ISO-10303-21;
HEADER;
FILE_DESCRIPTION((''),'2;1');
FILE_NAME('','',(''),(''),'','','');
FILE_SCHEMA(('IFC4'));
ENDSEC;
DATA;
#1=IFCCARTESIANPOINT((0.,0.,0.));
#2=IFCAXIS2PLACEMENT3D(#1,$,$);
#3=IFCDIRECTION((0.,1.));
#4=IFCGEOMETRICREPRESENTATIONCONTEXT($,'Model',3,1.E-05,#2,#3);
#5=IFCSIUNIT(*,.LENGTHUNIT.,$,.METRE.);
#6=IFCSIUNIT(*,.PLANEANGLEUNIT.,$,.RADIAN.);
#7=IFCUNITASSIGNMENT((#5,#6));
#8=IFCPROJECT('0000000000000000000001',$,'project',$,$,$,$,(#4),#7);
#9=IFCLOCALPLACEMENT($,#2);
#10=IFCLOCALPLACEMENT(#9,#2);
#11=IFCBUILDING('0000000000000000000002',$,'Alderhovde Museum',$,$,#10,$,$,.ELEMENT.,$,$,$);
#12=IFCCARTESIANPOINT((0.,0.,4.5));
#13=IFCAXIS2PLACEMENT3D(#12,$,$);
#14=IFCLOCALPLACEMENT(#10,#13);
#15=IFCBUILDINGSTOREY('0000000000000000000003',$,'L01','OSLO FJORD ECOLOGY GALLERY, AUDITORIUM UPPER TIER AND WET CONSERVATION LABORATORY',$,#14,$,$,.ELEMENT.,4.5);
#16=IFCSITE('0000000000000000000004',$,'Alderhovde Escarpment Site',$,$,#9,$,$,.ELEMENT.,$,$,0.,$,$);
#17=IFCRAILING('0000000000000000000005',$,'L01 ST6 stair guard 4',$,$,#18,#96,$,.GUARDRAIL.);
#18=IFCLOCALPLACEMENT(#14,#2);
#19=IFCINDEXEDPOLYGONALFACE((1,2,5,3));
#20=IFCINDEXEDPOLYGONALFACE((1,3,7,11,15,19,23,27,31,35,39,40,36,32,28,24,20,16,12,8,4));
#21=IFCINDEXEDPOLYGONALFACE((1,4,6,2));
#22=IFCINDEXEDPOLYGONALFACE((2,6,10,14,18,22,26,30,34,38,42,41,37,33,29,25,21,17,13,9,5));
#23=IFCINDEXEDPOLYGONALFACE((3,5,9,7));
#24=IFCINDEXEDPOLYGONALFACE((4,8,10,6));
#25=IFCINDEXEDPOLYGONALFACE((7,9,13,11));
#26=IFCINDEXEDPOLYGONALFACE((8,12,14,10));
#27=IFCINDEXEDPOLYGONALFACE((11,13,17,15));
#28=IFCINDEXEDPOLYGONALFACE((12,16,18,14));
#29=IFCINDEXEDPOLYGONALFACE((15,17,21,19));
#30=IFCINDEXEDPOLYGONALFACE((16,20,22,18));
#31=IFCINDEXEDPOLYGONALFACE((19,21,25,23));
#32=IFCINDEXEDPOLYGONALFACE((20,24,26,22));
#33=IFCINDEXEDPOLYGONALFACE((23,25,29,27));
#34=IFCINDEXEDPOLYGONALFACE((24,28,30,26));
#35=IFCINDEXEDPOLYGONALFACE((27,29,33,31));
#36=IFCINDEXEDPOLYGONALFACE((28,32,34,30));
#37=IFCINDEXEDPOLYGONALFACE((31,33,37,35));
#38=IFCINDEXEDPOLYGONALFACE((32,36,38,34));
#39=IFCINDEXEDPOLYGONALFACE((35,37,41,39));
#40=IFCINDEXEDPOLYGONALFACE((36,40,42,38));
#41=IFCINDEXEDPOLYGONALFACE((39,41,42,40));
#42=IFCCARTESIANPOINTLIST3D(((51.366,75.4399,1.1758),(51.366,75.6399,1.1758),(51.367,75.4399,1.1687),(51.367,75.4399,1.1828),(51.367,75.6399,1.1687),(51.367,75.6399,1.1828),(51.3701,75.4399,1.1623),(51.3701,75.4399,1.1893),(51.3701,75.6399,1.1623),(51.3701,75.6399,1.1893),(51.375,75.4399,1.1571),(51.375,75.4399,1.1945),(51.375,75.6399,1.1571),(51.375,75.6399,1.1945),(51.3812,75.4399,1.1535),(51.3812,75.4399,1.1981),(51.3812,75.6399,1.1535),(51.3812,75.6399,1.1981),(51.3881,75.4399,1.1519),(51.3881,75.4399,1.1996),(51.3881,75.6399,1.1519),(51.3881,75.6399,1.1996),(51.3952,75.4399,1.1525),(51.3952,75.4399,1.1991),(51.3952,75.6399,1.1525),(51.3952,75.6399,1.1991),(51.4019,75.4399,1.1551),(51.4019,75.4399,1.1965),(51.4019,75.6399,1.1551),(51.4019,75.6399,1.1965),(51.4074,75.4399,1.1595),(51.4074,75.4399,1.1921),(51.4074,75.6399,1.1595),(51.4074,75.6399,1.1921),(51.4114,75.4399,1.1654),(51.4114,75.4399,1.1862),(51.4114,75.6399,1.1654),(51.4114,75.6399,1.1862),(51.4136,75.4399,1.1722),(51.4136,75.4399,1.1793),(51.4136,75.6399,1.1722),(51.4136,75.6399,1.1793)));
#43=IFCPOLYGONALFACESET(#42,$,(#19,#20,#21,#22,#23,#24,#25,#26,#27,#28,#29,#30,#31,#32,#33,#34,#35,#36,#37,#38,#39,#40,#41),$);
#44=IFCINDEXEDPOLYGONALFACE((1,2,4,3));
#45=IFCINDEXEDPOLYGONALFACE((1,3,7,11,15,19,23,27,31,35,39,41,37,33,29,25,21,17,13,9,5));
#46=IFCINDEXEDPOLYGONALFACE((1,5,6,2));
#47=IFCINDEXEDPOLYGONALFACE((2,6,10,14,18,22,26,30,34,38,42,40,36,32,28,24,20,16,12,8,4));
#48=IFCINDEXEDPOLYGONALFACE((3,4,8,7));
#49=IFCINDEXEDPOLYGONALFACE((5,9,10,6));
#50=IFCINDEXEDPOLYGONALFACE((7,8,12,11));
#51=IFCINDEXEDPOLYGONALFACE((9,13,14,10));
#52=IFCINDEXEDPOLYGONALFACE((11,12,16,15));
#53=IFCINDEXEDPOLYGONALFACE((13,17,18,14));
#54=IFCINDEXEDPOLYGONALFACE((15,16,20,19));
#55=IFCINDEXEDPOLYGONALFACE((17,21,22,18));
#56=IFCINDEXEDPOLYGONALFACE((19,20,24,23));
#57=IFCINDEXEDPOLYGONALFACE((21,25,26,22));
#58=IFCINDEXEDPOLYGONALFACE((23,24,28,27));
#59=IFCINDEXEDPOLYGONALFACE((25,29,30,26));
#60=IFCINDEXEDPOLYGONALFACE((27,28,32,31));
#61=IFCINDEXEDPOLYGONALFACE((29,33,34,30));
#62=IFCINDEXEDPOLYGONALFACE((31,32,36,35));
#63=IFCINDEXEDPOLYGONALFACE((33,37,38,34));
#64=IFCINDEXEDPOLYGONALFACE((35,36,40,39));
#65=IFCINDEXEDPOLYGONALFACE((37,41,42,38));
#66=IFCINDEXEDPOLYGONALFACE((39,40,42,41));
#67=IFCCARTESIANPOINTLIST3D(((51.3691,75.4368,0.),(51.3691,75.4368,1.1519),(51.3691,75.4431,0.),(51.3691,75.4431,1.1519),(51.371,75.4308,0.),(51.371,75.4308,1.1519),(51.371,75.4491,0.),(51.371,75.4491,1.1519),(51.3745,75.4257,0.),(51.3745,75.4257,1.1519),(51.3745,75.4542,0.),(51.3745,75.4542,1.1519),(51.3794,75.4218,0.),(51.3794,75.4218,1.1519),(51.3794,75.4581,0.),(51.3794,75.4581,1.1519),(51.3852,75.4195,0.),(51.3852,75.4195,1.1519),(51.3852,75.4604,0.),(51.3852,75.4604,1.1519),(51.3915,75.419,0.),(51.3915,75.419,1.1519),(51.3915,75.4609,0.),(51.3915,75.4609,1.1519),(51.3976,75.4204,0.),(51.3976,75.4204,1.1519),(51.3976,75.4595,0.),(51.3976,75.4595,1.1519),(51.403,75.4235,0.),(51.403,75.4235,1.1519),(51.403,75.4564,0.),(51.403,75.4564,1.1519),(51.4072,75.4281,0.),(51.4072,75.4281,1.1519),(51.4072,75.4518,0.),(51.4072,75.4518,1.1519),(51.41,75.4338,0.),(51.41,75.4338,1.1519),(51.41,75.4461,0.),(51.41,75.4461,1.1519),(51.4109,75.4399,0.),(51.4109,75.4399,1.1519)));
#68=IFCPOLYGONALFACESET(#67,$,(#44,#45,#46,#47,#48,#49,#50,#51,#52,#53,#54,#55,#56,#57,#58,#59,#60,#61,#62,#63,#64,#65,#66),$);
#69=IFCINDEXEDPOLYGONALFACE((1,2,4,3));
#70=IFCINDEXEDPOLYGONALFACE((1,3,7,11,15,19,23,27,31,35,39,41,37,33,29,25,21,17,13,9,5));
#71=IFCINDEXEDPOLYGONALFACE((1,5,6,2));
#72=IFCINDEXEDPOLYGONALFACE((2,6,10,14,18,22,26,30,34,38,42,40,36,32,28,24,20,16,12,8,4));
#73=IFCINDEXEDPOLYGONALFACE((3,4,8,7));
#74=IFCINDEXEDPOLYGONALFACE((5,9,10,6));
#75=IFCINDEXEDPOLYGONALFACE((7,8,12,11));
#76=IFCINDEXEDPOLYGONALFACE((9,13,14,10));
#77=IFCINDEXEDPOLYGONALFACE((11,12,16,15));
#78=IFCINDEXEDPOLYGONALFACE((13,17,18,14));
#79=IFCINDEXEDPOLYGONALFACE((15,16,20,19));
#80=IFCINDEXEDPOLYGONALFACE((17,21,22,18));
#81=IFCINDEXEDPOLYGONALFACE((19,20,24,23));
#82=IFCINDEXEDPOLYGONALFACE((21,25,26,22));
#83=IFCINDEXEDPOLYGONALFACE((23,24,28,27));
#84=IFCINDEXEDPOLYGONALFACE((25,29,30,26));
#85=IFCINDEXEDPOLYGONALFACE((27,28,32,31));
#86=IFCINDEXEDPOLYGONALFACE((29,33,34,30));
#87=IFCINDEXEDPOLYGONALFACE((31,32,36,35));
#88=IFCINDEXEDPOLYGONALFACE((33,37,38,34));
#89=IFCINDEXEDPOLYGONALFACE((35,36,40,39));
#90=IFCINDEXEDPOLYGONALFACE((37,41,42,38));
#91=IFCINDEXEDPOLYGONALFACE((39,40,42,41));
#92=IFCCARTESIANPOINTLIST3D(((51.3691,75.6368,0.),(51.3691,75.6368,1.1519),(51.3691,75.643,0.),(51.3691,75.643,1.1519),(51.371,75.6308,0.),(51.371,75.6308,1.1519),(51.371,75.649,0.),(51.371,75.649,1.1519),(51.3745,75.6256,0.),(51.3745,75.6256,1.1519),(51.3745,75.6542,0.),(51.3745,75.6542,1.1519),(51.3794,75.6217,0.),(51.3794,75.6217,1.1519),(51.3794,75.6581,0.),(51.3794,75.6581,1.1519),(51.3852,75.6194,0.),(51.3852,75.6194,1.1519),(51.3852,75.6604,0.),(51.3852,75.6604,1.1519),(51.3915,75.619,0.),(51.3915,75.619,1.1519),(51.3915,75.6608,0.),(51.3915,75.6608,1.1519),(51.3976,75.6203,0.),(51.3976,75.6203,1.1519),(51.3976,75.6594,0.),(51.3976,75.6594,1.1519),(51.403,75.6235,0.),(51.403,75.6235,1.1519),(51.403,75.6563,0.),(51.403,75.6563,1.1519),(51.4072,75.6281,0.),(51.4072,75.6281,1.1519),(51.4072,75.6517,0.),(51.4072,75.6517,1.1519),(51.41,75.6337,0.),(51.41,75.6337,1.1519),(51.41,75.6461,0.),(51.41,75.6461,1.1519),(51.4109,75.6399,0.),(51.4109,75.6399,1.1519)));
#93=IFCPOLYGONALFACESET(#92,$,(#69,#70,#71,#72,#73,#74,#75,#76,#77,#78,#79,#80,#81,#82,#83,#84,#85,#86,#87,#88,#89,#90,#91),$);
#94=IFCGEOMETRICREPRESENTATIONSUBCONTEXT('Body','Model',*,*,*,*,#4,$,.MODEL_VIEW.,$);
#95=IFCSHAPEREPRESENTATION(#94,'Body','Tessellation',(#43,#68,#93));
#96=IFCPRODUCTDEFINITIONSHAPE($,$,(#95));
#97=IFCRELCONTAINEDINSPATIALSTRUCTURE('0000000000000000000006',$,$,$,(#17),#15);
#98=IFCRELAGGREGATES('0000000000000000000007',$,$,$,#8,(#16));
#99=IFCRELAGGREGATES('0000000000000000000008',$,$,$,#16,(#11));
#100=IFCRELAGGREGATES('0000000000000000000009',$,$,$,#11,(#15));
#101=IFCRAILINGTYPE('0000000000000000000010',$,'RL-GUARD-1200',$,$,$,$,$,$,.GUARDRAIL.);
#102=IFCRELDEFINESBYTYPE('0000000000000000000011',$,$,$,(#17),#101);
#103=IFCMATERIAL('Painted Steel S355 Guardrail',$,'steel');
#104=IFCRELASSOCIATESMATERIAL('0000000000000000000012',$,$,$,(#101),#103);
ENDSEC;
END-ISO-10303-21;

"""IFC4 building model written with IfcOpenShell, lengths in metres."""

from ifc_helpers import new_model, si_unit, direction, frame, origin, origin_2d, place, context, subcontext, project, spatial, circle, extrude, material, type_object, element, save


model = new_model("IFC4")

# Units and contexts
model_context = context("Model", 3, precision=1e-05, world=origin(), true_north=direction((0.0, 1.0)))
body_context = subcontext(model_context, "Body", "Model", "MODEL_VIEW")
ifc_project = project(units=[si_unit("LENGTHUNIT", "METRE"), si_unit("PLANEANGLEUNIT", "RADIAN")], contexts=[model_context])

# Site, building, storey
site_placement = place(None, origin())
site = spatial("IfcSite", under=ifc_project, at=site_placement, Name="Alderhovde Escarpment Site", CompositionType="ELEMENT", RefElevation=0.0)
building_placement = place(site_placement, origin())
building = spatial("IfcBuilding", under=site, at=building_placement, Name="Alderhovde Museum", CompositionType="ELEMENT")
storey_placement = place(building_placement, frame((0.0, 0.0, 4.5)))
storey = spatial("IfcBuildingStorey", under=building, at=storey_placement, Name="L01", Description="OSLO FJORD ECOLOGY GALLERY, AUDITORIUM UPPER TIER AND WET CONSERVATION LABORATORY", CompositionType="ELEMENT", Elevation=4.5)

# Railing
ifc_material_1 = material(Name="Painted Steel S355 Guardrail", Category="steel")
railing_type_1 = type_object("IfcRailingType", Name="RL-GUARD-1200", PredefinedType="GUARDRAIL", material=ifc_material_1)
railing_1_placement = place(storey_placement, frame((51.3899, 75.4399, 0.0)))
element("IfcRailing", 1, at=railing_1_placement, inside=storey, type_object=railing_type_1, Name="L01 ST6 stair guard 4", PredefinedType="GUARDRAIL", context=body_context, shape_type="SweptSolid", body=[
    extrude(circle(Radius=0.0239, at=origin_2d()), frame((0.0, 0.0, 1.1758), z_axis=(0.0, 1.0, 0.0), x_axis=(-1.0, 0.0, 0.0)), (0.0, 0.0, 1.0), 0.2),
    extrude(circle(Radius=0.021, at=origin_2d()), origin(), (0.0, 0.0, 1.0), 1.1519),
    extrude(circle(Radius=0.021, at=origin_2d()), frame((0.0, 0.2, 0.0)), (0.0, 0.0, 1.0), 1.1519),
])

save(model, "model.ifc")
